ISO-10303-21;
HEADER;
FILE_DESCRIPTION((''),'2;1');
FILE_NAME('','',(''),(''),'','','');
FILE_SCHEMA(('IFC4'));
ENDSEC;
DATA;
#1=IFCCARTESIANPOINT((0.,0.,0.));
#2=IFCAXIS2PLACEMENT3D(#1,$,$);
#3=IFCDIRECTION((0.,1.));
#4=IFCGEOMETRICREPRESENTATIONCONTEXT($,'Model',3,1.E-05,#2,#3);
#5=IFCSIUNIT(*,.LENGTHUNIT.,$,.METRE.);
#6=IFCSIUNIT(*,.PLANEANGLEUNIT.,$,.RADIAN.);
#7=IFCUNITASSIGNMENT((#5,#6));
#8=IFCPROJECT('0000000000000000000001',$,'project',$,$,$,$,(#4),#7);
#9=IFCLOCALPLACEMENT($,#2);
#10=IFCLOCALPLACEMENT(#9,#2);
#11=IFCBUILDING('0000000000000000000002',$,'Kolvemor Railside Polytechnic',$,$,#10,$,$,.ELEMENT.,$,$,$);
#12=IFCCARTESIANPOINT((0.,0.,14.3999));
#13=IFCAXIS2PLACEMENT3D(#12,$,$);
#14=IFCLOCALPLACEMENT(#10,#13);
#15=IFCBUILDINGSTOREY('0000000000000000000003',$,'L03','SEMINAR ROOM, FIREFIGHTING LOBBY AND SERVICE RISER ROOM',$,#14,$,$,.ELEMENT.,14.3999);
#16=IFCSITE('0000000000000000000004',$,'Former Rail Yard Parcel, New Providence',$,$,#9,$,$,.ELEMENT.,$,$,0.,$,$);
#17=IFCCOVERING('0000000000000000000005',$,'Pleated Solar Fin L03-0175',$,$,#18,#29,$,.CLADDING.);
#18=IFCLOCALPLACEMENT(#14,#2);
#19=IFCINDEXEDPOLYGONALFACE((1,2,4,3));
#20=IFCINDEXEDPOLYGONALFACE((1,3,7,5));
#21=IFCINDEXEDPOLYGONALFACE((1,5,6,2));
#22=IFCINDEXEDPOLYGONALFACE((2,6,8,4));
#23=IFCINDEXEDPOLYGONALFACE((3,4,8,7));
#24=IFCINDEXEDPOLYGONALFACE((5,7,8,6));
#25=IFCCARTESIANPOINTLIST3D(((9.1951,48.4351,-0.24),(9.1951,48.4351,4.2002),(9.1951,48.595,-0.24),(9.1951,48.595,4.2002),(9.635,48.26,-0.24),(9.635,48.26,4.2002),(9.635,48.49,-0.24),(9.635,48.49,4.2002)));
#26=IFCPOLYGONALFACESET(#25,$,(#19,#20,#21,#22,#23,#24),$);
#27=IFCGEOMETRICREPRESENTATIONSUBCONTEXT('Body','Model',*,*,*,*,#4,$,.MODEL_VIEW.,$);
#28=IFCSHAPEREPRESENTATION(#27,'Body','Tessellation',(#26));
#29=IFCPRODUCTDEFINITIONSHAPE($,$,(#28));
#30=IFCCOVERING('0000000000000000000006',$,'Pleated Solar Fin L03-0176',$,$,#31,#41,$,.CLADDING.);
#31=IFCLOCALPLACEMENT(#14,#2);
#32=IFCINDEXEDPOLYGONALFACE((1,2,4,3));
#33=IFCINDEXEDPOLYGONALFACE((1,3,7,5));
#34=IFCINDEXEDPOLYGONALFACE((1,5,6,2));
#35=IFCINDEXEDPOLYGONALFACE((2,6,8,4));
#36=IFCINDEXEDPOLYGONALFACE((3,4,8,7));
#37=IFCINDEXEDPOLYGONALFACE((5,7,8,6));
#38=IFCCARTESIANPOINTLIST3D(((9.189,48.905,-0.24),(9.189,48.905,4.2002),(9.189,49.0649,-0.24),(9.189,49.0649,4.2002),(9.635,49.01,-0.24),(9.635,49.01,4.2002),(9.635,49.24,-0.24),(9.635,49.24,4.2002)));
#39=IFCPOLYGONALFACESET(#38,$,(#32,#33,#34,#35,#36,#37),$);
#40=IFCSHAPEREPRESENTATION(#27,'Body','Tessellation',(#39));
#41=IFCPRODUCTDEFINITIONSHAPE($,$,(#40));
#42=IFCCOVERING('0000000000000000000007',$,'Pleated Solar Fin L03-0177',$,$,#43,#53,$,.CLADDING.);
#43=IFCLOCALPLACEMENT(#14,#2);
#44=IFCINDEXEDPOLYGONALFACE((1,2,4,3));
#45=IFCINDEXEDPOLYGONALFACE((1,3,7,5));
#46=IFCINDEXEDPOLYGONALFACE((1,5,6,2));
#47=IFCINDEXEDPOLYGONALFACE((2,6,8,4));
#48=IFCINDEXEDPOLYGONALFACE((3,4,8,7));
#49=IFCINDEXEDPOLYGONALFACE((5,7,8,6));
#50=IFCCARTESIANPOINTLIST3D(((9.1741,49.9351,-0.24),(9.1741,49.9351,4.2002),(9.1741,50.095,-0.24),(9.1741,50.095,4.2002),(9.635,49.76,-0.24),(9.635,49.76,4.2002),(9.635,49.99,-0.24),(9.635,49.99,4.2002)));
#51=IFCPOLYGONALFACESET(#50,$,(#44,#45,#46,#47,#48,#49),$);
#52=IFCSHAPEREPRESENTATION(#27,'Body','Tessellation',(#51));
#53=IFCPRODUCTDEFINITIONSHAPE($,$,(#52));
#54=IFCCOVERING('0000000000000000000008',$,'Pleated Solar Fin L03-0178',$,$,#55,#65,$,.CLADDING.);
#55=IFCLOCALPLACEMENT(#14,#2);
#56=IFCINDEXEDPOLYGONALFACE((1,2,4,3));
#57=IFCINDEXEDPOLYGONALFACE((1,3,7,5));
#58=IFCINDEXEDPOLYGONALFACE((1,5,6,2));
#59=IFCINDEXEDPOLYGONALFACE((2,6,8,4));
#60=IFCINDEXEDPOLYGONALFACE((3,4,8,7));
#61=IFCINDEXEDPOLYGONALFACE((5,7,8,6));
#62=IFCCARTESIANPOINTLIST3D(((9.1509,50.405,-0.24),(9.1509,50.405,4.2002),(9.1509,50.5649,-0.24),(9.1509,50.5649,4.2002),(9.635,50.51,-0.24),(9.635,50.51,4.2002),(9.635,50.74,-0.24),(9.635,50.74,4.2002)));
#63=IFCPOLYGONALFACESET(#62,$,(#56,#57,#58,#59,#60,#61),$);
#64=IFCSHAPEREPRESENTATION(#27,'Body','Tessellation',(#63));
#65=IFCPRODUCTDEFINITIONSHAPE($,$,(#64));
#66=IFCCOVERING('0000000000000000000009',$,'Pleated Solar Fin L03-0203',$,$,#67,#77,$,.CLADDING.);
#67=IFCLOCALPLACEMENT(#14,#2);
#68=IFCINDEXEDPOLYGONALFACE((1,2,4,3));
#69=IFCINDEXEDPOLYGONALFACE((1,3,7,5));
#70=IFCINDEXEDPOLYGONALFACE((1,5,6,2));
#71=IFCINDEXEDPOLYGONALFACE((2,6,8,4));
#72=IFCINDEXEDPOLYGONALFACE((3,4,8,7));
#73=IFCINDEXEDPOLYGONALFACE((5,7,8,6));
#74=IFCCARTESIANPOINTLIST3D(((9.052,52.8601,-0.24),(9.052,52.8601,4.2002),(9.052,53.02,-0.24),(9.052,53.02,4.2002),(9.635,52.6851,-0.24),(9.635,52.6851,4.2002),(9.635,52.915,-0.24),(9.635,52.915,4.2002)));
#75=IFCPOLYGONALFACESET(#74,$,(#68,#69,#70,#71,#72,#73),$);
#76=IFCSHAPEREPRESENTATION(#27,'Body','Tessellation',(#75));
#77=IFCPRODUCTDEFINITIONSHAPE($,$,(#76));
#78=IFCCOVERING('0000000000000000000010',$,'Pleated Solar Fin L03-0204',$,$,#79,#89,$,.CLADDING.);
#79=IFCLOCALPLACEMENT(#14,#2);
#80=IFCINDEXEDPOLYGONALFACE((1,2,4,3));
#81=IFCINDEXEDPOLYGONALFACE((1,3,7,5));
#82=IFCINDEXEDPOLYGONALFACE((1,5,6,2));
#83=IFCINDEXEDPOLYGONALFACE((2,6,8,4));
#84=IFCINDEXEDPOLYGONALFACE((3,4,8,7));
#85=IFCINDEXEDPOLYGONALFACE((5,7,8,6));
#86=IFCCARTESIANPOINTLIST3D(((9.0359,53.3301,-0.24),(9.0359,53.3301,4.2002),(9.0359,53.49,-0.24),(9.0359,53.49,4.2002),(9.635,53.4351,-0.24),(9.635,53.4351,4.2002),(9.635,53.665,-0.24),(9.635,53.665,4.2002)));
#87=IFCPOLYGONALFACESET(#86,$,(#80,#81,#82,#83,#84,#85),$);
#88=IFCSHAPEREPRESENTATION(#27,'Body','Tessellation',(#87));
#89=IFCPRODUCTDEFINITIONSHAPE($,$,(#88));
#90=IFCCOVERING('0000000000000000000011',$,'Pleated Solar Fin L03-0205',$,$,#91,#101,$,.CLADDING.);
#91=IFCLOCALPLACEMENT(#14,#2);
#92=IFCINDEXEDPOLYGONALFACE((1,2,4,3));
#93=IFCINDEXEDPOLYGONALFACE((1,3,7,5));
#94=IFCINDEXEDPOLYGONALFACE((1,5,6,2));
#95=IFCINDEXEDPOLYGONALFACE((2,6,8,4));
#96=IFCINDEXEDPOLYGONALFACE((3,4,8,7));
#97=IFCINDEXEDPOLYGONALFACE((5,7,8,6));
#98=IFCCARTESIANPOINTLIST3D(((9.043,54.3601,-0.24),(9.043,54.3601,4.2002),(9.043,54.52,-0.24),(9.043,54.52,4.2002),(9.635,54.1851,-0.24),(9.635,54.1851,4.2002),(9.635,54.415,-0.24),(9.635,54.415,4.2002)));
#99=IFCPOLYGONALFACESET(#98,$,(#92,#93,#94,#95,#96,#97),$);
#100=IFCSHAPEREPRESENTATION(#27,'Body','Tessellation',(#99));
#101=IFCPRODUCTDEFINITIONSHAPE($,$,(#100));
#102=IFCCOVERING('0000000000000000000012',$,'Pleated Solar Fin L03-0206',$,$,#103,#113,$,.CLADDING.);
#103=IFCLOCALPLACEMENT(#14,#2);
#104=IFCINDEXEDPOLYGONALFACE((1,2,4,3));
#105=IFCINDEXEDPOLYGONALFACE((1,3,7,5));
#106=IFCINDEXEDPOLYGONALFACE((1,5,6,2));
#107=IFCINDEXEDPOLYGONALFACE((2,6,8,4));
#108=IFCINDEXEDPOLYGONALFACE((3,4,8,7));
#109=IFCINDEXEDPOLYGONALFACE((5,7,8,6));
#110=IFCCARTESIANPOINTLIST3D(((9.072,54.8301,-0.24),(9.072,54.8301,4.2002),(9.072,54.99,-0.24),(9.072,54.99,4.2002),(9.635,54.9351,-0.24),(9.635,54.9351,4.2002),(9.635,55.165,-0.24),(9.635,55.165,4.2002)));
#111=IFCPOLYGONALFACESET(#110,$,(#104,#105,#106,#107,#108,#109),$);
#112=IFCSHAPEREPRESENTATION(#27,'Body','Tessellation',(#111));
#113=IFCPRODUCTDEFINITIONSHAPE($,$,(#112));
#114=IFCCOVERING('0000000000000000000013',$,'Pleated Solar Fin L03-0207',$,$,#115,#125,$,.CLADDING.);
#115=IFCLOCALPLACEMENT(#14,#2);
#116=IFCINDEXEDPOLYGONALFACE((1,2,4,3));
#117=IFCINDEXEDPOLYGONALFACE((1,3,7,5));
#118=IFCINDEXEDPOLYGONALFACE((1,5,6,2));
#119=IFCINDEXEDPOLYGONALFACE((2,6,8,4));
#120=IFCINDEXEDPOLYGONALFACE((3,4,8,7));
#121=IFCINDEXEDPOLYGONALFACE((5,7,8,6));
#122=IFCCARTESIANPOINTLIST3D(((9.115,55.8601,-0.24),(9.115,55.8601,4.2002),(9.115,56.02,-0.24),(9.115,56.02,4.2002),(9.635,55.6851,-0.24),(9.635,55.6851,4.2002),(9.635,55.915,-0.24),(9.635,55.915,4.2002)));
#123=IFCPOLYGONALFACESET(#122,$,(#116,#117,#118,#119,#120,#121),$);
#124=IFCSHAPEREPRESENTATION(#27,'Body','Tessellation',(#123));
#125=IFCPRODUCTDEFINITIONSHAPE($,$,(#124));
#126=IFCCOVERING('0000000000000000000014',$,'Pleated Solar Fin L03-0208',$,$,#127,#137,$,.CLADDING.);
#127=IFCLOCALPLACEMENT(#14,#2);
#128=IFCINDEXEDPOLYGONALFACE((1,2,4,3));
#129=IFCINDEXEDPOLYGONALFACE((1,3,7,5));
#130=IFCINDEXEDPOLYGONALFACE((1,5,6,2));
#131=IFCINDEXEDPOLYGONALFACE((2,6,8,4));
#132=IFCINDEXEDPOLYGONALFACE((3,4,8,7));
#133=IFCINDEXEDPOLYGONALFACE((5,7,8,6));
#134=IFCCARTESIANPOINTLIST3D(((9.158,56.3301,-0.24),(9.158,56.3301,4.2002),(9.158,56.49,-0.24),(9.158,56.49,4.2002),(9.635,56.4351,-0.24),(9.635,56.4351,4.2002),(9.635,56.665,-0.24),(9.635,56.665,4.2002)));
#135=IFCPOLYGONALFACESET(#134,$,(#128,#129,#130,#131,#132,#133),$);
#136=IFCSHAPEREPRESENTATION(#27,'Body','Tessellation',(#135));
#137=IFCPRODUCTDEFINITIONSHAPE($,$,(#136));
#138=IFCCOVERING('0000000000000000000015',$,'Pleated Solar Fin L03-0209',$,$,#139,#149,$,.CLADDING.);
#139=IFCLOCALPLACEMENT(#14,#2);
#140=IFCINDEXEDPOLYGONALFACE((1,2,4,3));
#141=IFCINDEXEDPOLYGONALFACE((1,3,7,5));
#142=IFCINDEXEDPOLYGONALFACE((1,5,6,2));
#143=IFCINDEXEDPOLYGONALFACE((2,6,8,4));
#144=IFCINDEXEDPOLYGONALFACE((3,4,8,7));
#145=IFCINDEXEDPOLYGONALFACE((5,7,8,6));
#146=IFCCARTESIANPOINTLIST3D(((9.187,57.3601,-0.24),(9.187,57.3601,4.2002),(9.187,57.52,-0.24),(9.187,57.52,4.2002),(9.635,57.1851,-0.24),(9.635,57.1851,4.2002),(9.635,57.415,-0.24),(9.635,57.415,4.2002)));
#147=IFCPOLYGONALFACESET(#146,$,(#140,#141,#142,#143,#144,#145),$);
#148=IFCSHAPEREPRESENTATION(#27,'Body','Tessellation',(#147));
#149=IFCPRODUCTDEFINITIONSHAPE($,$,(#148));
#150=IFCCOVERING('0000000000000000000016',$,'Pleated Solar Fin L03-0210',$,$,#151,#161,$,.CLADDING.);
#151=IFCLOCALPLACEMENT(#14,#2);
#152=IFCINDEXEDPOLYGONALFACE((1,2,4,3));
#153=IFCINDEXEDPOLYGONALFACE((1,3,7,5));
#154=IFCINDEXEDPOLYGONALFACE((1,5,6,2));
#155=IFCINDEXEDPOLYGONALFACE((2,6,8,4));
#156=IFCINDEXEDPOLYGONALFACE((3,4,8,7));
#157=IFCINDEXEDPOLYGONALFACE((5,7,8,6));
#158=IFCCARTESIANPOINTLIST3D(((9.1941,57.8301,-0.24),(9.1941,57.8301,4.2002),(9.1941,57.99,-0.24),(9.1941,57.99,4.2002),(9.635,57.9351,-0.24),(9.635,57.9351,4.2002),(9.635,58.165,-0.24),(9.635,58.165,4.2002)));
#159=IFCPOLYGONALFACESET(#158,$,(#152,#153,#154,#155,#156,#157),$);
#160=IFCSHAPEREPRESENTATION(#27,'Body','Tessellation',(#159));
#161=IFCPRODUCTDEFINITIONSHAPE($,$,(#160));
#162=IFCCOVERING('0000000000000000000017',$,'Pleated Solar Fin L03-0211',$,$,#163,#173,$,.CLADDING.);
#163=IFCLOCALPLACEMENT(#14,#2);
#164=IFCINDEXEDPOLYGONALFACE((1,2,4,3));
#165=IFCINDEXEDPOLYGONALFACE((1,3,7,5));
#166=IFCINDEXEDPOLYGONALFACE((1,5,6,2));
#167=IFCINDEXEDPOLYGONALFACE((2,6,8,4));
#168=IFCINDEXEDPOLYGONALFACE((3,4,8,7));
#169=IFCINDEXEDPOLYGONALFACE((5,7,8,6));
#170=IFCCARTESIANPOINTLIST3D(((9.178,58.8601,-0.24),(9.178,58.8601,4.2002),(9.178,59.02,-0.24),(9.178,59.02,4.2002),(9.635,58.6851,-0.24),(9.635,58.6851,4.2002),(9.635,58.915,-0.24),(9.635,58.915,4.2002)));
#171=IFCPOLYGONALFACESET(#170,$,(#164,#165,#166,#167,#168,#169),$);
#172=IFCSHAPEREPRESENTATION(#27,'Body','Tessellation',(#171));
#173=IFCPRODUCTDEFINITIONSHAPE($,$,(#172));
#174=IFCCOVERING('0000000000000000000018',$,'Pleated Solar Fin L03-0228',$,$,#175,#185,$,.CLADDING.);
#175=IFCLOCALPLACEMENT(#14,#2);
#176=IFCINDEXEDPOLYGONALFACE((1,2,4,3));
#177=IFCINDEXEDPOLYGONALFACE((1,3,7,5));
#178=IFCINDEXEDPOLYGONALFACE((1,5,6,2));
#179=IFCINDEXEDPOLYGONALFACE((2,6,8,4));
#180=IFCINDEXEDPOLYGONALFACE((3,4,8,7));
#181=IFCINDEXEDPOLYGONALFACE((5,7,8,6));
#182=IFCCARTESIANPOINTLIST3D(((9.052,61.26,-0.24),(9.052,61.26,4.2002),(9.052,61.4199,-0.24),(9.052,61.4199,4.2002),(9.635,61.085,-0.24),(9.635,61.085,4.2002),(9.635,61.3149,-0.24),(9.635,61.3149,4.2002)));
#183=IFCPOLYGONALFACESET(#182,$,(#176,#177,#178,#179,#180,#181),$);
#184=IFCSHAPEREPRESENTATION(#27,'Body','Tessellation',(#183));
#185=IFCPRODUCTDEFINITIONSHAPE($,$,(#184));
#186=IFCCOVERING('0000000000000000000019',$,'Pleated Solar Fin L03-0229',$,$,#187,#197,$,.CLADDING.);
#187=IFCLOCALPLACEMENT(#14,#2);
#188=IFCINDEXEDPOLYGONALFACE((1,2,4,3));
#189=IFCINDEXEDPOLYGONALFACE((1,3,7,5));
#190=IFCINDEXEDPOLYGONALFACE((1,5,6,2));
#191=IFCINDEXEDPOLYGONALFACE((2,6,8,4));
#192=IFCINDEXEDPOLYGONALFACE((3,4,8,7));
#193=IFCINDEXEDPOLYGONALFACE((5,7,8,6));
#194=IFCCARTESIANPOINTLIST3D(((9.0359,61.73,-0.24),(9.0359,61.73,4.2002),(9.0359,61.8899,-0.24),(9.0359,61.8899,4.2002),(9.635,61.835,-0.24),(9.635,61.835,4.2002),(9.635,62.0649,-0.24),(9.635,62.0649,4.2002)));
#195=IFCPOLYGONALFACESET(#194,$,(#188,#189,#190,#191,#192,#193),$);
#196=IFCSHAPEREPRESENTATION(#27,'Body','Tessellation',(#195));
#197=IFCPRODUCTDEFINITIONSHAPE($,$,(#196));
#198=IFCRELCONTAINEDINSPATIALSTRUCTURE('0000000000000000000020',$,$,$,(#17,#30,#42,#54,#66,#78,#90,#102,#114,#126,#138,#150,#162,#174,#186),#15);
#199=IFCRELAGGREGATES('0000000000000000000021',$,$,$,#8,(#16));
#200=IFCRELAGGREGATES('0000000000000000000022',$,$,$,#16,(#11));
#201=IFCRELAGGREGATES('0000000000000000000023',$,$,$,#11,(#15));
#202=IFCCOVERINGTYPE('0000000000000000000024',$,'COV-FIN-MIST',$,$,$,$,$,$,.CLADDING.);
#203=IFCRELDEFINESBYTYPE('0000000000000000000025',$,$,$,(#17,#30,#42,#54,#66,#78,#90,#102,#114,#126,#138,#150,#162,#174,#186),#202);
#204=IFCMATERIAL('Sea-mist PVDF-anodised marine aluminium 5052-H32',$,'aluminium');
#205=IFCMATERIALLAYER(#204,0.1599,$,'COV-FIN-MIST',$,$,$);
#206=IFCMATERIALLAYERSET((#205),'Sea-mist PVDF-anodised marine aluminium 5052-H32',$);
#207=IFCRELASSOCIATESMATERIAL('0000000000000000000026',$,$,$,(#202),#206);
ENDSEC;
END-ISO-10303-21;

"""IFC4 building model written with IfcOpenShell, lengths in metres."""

from ifc_helpers import new_model, si_unit, direction, frame, origin, place, context, subcontext, project, spatial, polyline, outline, extrude, material, layer, layer_set, type_object, element, save


model = new_model("IFC4")

# Units and contexts
model_context = context("Model", 3, precision=1e-05, world=origin(), true_north=direction((0.0, 1.0)))
body_context = subcontext(model_context, "Body", "Model", "MODEL_VIEW")
ifc_project = project(units=[si_unit("LENGTHUNIT", "METRE"), si_unit("PLANEANGLEUNIT", "RADIAN")], contexts=[model_context])

# Site, building, storey
site_placement = place(None, origin())
site = spatial("IfcSite", under=ifc_project, at=site_placement, Name="Former Rail Yard Parcel, New Providence", CompositionType="ELEMENT", RefElevation=0.0)
building_placement = place(site_placement, origin())
building = spatial("IfcBuilding", under=site, at=building_placement, Name="Kolvemor Railside Polytechnic", CompositionType="ELEMENT")
storey_placement = place(building_placement, frame((0.0, 0.0, 14.3999)))
storey = spatial("IfcBuildingStorey", under=building, at=storey_placement, Name="L03", Description="SEMINAR ROOM, FIREFIGHTING LOBBY AND SERVICE RISER ROOM", CompositionType="ELEMENT", Elevation=14.3999)

# Coverings
ifc_material = material(Name="Sea-mist PVDF-anodised marine aluminium 5052-H32", Category="aluminium")
ifc_layer = layer(ifc_material, 0.1599, Name="COV-FIN-MIST")
ifc_layer_set = layer_set([ifc_layer], Name="Sea-mist PVDF-anodised marine aluminium 5052-H32")
covering_type = type_object("IfcCoveringType", Name="COV-FIN-MIST", PredefinedType="CLADDING", material=ifc_layer_set)
covering_1_placement = place(storey_placement, frame((0.0, 0.0, -0.24)))
element("IfcCovering", 1, at=covering_1_placement, inside=storey, type_object=covering_type, Name="Pleated Solar Fin L03-0175", PredefinedType="CLADDING", context=body_context, shape_type="SweptSolid", body=[
    extrude(outline(polyline([(9.635, 48.26), (9.635, 48.49), (9.1951, 48.595), (9.1951, 48.4351), (9.635, 48.26)])), origin(), (0.0, 0.0, 1.0), 4.4402),
])
covering_2_placement = place(storey_placement, frame((0.0, 0.0, -0.24)))
element("IfcCovering", 2, at=covering_2_placement, inside=storey, type_object=covering_type, Name="Pleated Solar Fin L03-0176", PredefinedType="CLADDING", context=body_context, shape_type="SweptSolid", body=[
    extrude(outline(polyline([(9.635, 49.01), (9.635, 49.24), (9.189, 49.0649), (9.189, 48.905), (9.635, 49.01)])), origin(), (0.0, 0.0, 1.0), 4.4402),
])
covering_3_placement = place(storey_placement, frame((0.0, 0.0, -0.24)))
element("IfcCovering", 3, at=covering_3_placement, inside=storey, type_object=covering_type, Name="Pleated Solar Fin L03-0177", PredefinedType="CLADDING", context=body_context, shape_type="SweptSolid", body=[
    extrude(outline(polyline([(9.635, 49.76), (9.635, 49.99), (9.1741, 50.095), (9.1741, 49.9351), (9.635, 49.76)])), origin(), (0.0, 0.0, 1.0), 4.4402),
])
covering_4_placement = place(storey_placement, frame((0.0, 0.0, -0.24)))
element("IfcCovering", 4, at=covering_4_placement, inside=storey, type_object=covering_type, Name="Pleated Solar Fin L03-0178", PredefinedType="CLADDING", context=body_context, shape_type="SweptSolid", body=[
    extrude(outline(polyline([(9.635, 50.51), (9.635, 50.74), (9.1509, 50.5649), (9.1509, 50.405), (9.635, 50.51)])), origin(), (0.0, 0.0, 1.0), 4.4402),
])
covering_5_placement = place(storey_placement, frame((0.0, 0.0, -0.24)))
element("IfcCovering", 5, at=covering_5_placement, inside=storey, type_object=covering_type, Name="Pleated Solar Fin L03-0203", PredefinedType="CLADDING", context=body_context, shape_type="SweptSolid", body=[
    extrude(outline(polyline([(9.635, 52.6851), (9.635, 52.915), (9.052, 53.02), (9.052, 52.8601), (9.635, 52.6851)])), origin(), (0.0, 0.0, 1.0), 4.4402),
])
covering_6_placement = place(storey_placement, frame((0.0, 0.0, -0.24)))
element("IfcCovering", 6, at=covering_6_placement, inside=storey, type_object=covering_type, Name="Pleated Solar Fin L03-0204", PredefinedType="CLADDING", context=body_context, shape_type="SweptSolid", body=[
    extrude(outline(polyline([(9.635, 53.4351), (9.635, 53.665), (9.0359, 53.49), (9.0359, 53.3301), (9.635, 53.4351)])), origin(), (0.0, 0.0, 1.0), 4.4402),
])
covering_7_placement = place(storey_placement, frame((0.0, 0.0, -0.24)))
element("IfcCovering", 7, at=covering_7_placement, inside=storey, type_object=covering_type, Name="Pleated Solar Fin L03-0205", PredefinedType="CLADDING", context=body_context, shape_type="SweptSolid", body=[
    extrude(outline(polyline([(9.635, 54.1851), (9.635, 54.415), (9.043, 54.52), (9.043, 54.3601), (9.635, 54.1851)])), origin(), (0.0, 0.0, 1.0), 4.4402),
])
covering_8_placement = place(storey_placement, frame((0.0, 0.0, -0.24)))
element("IfcCovering", 8, at=covering_8_placement, inside=storey, type_object=covering_type, Name="Pleated Solar Fin L03-0206", PredefinedType="CLADDING", context=body_context, shape_type="SweptSolid", body=[
    extrude(outline(polyline([(9.635, 54.9351), (9.635, 55.165), (9.072, 54.99), (9.072, 54.8301), (9.635, 54.9351)])), origin(), (0.0, 0.0, 1.0), 4.4402),
])
covering_9_placement = place(storey_placement, frame((0.0, 0.0, -0.24)))
element("IfcCovering", 9, at=covering_9_placement, inside=storey, type_object=covering_type, Name="Pleated Solar Fin L03-0207", PredefinedType="CLADDING", context=body_context, shape_type="SweptSolid", body=[
    extrude(outline(polyline([(9.635, 55.6851), (9.635, 55.915), (9.115, 56.02), (9.115, 55.8601), (9.635, 55.6851)])), origin(), (0.0, 0.0, 1.0), 4.4402),
])
covering_10_placement = place(storey_placement, frame((0.0, 0.0, -0.24)))
element("IfcCovering", 10, at=covering_10_placement, inside=storey, type_object=covering_type, Name="Pleated Solar Fin L03-0208", PredefinedType="CLADDING", context=body_context, shape_type="SweptSolid", body=[
    extrude(outline(polyline([(9.635, 56.4351), (9.635, 56.665), (9.158, 56.49), (9.158, 56.3301), (9.635, 56.4351)])), origin(), (0.0, 0.0, 1.0), 4.4402),
])
covering_11_placement = place(storey_placement, frame((0.0, 0.0, -0.24)))
element("IfcCovering", 11, at=covering_11_placement, inside=storey, type_object=covering_type, Name="Pleated Solar Fin L03-0209", PredefinedType="CLADDING", context=body_context, shape_type="SweptSolid", body=[
    extrude(outline(polyline([(9.635, 57.1851), (9.635, 57.415), (9.187, 57.52), (9.187, 57.3601), (9.635, 57.1851)])), origin(), (0.0, 0.0, 1.0), 4.4402),
])
covering_12_placement = place(storey_placement, frame((0.0, 0.0, -0.24)))
element("IfcCovering", 12, at=covering_12_placement, inside=storey, type_object=covering_type, Name="Pleated Solar Fin L03-0210", PredefinedType="CLADDING", context=body_context, shape_type="SweptSolid", body=[
    extrude(outline(polyline([(9.635, 57.9351), (9.635, 58.165), (9.1941, 57.99), (9.1941, 57.8301), (9.635, 57.9351)])), origin(), (0.0, 0.0, 1.0), 4.4402),
])
covering_13_placement = place(storey_placement, frame((0.0, 0.0, -0.24)))
element("IfcCovering", 13, at=covering_13_placement, inside=storey, type_object=covering_type, Name="Pleated Solar Fin L03-0211", PredefinedType="CLADDING", context=body_context, shape_type="SweptSolid", body=[
    extrude(outline(polyline([(9.635, 58.6851), (9.635, 58.915), (9.178, 59.02), (9.178, 58.8601), (9.635, 58.6851)])), origin(), (0.0, 0.0, 1.0), 4.4402),
])
covering_14_placement = place(storey_placement, frame((0.0, 0.0, -0.24)))
element("IfcCovering", 14, at=covering_14_placement, inside=storey, type_object=covering_type, Name="Pleated Solar Fin L03-0228", PredefinedType="CLADDING", context=body_context, shape_type="SweptSolid", body=[
    extrude(outline(polyline([(9.635, 61.085), (9.635, 61.3149), (9.052, 61.4199), (9.052, 61.26), (9.635, 61.085)])), origin(), (0.0, 0.0, 1.0), 4.4402),
])
covering_15_placement = place(storey_placement, frame((0.0, 0.0, -0.24)))
element("IfcCovering", 15, at=covering_15_placement, inside=storey, type_object=covering_type, Name="Pleated Solar Fin L03-0229", PredefinedType="CLADDING", context=body_context, shape_type="SweptSolid", body=[
    extrude(outline(polyline([(9.635, 61.835), (9.635, 62.0649), (9.0359, 61.8899), (9.0359, 61.73), (9.635, 61.835)])), origin(), (0.0, 0.0, 1.0), 4.4402),
])

save(model, "model.ifc")
